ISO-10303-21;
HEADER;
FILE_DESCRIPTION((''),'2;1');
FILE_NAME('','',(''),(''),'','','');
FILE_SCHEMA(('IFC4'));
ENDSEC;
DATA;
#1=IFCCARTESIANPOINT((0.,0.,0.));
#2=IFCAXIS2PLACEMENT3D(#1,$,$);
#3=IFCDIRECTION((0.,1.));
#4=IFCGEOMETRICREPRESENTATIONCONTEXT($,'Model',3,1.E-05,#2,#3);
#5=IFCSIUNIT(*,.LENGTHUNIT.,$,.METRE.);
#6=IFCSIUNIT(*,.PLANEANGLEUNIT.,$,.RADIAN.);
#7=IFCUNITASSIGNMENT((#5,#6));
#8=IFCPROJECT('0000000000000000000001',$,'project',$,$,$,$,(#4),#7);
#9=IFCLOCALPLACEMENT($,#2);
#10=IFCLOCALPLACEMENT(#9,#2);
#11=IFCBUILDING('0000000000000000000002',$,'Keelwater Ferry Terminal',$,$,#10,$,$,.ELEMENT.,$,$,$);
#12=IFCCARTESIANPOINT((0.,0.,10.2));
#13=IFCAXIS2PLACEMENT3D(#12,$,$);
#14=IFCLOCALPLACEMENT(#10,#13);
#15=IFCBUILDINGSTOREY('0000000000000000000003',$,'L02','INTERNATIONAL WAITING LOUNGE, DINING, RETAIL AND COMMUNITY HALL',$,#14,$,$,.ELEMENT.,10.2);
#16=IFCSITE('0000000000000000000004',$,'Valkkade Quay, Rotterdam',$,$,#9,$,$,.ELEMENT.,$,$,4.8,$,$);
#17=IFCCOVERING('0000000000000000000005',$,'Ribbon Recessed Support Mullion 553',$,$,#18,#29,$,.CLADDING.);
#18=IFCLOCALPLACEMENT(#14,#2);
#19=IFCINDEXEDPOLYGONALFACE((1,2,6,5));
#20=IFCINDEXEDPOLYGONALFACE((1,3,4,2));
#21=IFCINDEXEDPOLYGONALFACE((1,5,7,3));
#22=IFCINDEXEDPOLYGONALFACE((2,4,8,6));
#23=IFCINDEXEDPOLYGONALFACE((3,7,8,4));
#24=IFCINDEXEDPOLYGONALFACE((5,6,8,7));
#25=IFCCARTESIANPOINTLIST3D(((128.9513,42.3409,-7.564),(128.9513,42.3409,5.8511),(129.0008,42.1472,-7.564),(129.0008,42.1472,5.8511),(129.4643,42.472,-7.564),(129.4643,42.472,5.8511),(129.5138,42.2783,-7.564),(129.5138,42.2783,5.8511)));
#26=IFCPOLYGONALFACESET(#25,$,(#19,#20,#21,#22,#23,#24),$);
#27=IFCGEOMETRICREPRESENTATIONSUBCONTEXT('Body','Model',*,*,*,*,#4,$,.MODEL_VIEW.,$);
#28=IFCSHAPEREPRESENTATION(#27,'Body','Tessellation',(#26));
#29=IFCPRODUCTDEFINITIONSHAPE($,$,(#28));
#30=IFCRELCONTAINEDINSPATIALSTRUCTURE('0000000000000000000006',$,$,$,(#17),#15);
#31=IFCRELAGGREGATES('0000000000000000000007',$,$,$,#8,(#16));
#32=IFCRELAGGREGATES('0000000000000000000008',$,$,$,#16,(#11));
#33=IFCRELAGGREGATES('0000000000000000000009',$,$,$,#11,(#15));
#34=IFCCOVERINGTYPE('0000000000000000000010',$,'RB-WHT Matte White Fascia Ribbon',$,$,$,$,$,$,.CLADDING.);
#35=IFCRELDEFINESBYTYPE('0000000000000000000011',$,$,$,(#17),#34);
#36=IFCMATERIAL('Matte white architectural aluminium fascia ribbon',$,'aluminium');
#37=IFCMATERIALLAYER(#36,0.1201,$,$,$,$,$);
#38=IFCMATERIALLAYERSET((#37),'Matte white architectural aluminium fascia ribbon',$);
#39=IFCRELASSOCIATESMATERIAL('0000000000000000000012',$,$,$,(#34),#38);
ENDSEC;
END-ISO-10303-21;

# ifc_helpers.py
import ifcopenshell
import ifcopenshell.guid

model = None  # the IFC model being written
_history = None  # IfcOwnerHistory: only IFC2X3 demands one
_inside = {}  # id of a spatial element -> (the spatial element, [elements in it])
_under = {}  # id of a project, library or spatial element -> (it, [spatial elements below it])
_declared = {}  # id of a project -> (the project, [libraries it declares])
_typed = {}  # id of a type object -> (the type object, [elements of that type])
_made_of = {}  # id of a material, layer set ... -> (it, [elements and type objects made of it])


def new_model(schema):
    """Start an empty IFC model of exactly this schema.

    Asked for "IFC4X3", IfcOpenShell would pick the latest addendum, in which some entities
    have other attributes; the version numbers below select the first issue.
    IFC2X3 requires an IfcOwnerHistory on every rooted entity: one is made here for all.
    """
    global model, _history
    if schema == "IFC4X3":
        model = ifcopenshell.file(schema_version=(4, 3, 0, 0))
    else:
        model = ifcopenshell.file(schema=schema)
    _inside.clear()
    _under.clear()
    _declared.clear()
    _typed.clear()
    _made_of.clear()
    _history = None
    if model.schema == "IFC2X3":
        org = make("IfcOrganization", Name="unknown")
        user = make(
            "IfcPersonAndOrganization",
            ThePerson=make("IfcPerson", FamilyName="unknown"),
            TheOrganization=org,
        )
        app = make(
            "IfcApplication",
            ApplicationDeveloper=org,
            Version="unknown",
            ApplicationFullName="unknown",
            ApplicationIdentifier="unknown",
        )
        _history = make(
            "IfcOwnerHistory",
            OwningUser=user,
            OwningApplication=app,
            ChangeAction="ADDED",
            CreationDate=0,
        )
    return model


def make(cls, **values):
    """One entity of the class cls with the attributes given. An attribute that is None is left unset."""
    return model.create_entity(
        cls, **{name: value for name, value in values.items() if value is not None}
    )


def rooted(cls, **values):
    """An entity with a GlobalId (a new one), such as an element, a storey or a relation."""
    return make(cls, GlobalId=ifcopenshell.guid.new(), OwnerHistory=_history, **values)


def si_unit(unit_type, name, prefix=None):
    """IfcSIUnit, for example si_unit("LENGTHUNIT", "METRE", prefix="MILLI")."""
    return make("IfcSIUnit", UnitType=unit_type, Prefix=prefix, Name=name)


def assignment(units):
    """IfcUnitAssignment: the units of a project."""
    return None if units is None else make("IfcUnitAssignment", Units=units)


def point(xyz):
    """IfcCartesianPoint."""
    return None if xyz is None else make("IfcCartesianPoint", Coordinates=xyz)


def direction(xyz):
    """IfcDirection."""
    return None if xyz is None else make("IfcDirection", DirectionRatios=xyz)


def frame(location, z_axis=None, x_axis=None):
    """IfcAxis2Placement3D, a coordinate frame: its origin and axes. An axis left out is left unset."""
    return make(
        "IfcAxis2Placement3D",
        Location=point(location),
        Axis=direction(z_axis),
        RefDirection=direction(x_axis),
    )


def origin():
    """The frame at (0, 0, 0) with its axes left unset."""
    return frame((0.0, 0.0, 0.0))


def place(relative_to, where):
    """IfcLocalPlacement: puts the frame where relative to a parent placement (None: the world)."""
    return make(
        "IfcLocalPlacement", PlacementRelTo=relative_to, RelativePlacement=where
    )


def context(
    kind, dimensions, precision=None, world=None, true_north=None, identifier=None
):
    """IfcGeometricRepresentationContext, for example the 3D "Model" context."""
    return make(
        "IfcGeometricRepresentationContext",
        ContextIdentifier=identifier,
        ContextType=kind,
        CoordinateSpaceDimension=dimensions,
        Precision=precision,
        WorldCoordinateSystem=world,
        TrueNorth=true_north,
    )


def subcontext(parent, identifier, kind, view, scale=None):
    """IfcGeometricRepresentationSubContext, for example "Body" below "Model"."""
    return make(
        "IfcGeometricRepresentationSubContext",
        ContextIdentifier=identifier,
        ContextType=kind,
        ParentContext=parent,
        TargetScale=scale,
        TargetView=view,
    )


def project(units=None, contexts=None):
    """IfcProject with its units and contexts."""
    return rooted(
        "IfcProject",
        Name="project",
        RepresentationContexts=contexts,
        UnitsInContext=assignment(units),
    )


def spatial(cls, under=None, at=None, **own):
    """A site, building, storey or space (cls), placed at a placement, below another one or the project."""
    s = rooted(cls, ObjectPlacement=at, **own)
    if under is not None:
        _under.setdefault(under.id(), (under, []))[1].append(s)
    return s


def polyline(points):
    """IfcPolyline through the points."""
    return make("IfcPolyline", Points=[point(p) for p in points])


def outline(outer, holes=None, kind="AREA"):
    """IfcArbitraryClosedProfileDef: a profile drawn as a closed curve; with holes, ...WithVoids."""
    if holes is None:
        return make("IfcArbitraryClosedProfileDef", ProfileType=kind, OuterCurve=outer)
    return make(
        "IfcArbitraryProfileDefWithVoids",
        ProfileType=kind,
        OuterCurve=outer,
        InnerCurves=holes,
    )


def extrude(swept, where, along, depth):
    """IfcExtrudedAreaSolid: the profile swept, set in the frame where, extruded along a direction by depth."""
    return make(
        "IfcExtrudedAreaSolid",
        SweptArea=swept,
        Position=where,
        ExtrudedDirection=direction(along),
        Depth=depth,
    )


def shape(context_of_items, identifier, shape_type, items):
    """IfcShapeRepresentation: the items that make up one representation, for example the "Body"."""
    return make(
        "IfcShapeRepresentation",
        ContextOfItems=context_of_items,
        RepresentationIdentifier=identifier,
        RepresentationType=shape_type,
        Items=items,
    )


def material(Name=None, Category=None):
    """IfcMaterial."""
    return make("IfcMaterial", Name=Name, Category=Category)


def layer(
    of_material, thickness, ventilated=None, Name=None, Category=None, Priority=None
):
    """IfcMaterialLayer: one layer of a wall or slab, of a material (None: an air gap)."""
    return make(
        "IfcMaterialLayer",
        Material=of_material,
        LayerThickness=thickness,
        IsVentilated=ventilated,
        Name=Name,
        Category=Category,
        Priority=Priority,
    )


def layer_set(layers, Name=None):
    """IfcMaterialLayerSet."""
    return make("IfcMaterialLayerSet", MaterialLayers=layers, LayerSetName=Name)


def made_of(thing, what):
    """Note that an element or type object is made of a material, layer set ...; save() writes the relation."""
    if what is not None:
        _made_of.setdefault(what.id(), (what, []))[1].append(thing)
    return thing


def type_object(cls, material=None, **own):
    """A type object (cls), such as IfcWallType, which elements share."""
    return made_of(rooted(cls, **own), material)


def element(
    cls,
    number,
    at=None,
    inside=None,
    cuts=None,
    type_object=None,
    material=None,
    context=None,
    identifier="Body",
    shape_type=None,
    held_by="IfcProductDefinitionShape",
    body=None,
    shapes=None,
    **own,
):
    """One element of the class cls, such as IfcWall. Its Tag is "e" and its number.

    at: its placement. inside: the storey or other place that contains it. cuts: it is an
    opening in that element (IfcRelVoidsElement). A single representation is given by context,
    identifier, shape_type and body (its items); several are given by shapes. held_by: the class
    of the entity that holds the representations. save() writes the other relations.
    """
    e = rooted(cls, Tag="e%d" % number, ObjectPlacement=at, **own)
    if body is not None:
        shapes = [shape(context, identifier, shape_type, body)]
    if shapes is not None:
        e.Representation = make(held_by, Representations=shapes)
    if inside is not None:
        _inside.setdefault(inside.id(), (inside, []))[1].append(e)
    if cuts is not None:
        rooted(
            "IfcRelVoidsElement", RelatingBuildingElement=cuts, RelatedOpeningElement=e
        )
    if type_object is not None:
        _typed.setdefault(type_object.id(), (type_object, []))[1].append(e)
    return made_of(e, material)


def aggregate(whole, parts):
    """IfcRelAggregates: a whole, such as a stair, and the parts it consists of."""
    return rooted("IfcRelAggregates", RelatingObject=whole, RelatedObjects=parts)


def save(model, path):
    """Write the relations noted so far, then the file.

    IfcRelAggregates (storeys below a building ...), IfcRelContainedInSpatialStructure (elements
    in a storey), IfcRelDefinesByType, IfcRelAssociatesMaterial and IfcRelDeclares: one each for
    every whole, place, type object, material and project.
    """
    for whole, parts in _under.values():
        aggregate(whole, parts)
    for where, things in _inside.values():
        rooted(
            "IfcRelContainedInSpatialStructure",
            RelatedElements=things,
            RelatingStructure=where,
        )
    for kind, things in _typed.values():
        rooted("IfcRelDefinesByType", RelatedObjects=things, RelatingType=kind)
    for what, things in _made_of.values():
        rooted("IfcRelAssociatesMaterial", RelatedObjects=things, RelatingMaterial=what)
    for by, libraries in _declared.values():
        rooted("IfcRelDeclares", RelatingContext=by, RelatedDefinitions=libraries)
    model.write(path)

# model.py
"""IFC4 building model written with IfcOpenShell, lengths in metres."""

from ifc_helpers import new_model, si_unit, direction, frame, origin, place, context, subcontext, project, spatial, polyline, outline, extrude, material, layer, layer_set, type_object, element, save


model = new_model("IFC4")

# Units and contexts
model_context = context("Model", 3, precision=1e-05, world=origin(), true_north=direction((0.0, 1.0)))
body_context = subcontext(model_context, "Body", "Model", "MODEL_VIEW")
ifc_project = project(units=[si_unit("LENGTHUNIT", "METRE"), si_unit("PLANEANGLEUNIT", "RADIAN")], contexts=[model_context])

# Site, building, storey
site_placement = place(None, origin())
site = spatial("IfcSite", under=ifc_project, at=site_placement, Name="Valkkade Quay, Rotterdam", CompositionType="ELEMENT", RefElevation=4.8)
building_placement = place(site_placement, origin())
building = spatial("IfcBuilding", under=site, at=building_placement, Name="Keelwater Ferry Terminal", CompositionType="ELEMENT")
storey_placement = place(building_placement, frame((0.0, 0.0, 10.2)))
storey = spatial("IfcBuildingStorey", under=building, at=storey_placement, Name="L02", Description="INTERNATIONAL WAITING LOUNGE, DINING, RETAIL AND COMMUNITY HALL", CompositionType="ELEMENT", Elevation=10.2)

# Covering
ifc_material_1 = material(Name="Matte white architectural aluminium fascia ribbon", Category="aluminium")
ifc_layer_1 = layer(ifc_material_1, 0.1201)
ifc_layer_set_1 = layer_set([ifc_layer_1], Name="Matte white architectural aluminium fascia ribbon")
covering_type = type_object("IfcCoveringType", Name="RB-WHT Matte White Fascia Ribbon", PredefinedType="CLADDING", material=ifc_layer_set_1)
covering_1_placement = place(storey_placement, frame((128.9761, 42.2439, -7.564), z_axis=(0.0, 0.0, 1.0), x_axis=(0.968854, 0.247632, 0.0)))
element("IfcCovering", 1, at=covering_1_placement, inside=storey, type_object=covering_type, Name="Ribbon Recessed Support Mullion 553", PredefinedType="CLADDING", context=body_context, shape_type="SweptSolid", body=[
    extrude(outline(polyline([(0.0, 0.0), (0.5295, 0.0), (0.5295, 13.415), (0.0, 13.415), (0.0, 0.0)])), frame((0.0, 0.1001, 0.0), z_axis=(0.0, -1.0, 0.0), x_axis=(1.0, 0.0, 0.0)), (0.0, 0.0, 1.0), 0.2),
])

save(model, "model.ifc")
